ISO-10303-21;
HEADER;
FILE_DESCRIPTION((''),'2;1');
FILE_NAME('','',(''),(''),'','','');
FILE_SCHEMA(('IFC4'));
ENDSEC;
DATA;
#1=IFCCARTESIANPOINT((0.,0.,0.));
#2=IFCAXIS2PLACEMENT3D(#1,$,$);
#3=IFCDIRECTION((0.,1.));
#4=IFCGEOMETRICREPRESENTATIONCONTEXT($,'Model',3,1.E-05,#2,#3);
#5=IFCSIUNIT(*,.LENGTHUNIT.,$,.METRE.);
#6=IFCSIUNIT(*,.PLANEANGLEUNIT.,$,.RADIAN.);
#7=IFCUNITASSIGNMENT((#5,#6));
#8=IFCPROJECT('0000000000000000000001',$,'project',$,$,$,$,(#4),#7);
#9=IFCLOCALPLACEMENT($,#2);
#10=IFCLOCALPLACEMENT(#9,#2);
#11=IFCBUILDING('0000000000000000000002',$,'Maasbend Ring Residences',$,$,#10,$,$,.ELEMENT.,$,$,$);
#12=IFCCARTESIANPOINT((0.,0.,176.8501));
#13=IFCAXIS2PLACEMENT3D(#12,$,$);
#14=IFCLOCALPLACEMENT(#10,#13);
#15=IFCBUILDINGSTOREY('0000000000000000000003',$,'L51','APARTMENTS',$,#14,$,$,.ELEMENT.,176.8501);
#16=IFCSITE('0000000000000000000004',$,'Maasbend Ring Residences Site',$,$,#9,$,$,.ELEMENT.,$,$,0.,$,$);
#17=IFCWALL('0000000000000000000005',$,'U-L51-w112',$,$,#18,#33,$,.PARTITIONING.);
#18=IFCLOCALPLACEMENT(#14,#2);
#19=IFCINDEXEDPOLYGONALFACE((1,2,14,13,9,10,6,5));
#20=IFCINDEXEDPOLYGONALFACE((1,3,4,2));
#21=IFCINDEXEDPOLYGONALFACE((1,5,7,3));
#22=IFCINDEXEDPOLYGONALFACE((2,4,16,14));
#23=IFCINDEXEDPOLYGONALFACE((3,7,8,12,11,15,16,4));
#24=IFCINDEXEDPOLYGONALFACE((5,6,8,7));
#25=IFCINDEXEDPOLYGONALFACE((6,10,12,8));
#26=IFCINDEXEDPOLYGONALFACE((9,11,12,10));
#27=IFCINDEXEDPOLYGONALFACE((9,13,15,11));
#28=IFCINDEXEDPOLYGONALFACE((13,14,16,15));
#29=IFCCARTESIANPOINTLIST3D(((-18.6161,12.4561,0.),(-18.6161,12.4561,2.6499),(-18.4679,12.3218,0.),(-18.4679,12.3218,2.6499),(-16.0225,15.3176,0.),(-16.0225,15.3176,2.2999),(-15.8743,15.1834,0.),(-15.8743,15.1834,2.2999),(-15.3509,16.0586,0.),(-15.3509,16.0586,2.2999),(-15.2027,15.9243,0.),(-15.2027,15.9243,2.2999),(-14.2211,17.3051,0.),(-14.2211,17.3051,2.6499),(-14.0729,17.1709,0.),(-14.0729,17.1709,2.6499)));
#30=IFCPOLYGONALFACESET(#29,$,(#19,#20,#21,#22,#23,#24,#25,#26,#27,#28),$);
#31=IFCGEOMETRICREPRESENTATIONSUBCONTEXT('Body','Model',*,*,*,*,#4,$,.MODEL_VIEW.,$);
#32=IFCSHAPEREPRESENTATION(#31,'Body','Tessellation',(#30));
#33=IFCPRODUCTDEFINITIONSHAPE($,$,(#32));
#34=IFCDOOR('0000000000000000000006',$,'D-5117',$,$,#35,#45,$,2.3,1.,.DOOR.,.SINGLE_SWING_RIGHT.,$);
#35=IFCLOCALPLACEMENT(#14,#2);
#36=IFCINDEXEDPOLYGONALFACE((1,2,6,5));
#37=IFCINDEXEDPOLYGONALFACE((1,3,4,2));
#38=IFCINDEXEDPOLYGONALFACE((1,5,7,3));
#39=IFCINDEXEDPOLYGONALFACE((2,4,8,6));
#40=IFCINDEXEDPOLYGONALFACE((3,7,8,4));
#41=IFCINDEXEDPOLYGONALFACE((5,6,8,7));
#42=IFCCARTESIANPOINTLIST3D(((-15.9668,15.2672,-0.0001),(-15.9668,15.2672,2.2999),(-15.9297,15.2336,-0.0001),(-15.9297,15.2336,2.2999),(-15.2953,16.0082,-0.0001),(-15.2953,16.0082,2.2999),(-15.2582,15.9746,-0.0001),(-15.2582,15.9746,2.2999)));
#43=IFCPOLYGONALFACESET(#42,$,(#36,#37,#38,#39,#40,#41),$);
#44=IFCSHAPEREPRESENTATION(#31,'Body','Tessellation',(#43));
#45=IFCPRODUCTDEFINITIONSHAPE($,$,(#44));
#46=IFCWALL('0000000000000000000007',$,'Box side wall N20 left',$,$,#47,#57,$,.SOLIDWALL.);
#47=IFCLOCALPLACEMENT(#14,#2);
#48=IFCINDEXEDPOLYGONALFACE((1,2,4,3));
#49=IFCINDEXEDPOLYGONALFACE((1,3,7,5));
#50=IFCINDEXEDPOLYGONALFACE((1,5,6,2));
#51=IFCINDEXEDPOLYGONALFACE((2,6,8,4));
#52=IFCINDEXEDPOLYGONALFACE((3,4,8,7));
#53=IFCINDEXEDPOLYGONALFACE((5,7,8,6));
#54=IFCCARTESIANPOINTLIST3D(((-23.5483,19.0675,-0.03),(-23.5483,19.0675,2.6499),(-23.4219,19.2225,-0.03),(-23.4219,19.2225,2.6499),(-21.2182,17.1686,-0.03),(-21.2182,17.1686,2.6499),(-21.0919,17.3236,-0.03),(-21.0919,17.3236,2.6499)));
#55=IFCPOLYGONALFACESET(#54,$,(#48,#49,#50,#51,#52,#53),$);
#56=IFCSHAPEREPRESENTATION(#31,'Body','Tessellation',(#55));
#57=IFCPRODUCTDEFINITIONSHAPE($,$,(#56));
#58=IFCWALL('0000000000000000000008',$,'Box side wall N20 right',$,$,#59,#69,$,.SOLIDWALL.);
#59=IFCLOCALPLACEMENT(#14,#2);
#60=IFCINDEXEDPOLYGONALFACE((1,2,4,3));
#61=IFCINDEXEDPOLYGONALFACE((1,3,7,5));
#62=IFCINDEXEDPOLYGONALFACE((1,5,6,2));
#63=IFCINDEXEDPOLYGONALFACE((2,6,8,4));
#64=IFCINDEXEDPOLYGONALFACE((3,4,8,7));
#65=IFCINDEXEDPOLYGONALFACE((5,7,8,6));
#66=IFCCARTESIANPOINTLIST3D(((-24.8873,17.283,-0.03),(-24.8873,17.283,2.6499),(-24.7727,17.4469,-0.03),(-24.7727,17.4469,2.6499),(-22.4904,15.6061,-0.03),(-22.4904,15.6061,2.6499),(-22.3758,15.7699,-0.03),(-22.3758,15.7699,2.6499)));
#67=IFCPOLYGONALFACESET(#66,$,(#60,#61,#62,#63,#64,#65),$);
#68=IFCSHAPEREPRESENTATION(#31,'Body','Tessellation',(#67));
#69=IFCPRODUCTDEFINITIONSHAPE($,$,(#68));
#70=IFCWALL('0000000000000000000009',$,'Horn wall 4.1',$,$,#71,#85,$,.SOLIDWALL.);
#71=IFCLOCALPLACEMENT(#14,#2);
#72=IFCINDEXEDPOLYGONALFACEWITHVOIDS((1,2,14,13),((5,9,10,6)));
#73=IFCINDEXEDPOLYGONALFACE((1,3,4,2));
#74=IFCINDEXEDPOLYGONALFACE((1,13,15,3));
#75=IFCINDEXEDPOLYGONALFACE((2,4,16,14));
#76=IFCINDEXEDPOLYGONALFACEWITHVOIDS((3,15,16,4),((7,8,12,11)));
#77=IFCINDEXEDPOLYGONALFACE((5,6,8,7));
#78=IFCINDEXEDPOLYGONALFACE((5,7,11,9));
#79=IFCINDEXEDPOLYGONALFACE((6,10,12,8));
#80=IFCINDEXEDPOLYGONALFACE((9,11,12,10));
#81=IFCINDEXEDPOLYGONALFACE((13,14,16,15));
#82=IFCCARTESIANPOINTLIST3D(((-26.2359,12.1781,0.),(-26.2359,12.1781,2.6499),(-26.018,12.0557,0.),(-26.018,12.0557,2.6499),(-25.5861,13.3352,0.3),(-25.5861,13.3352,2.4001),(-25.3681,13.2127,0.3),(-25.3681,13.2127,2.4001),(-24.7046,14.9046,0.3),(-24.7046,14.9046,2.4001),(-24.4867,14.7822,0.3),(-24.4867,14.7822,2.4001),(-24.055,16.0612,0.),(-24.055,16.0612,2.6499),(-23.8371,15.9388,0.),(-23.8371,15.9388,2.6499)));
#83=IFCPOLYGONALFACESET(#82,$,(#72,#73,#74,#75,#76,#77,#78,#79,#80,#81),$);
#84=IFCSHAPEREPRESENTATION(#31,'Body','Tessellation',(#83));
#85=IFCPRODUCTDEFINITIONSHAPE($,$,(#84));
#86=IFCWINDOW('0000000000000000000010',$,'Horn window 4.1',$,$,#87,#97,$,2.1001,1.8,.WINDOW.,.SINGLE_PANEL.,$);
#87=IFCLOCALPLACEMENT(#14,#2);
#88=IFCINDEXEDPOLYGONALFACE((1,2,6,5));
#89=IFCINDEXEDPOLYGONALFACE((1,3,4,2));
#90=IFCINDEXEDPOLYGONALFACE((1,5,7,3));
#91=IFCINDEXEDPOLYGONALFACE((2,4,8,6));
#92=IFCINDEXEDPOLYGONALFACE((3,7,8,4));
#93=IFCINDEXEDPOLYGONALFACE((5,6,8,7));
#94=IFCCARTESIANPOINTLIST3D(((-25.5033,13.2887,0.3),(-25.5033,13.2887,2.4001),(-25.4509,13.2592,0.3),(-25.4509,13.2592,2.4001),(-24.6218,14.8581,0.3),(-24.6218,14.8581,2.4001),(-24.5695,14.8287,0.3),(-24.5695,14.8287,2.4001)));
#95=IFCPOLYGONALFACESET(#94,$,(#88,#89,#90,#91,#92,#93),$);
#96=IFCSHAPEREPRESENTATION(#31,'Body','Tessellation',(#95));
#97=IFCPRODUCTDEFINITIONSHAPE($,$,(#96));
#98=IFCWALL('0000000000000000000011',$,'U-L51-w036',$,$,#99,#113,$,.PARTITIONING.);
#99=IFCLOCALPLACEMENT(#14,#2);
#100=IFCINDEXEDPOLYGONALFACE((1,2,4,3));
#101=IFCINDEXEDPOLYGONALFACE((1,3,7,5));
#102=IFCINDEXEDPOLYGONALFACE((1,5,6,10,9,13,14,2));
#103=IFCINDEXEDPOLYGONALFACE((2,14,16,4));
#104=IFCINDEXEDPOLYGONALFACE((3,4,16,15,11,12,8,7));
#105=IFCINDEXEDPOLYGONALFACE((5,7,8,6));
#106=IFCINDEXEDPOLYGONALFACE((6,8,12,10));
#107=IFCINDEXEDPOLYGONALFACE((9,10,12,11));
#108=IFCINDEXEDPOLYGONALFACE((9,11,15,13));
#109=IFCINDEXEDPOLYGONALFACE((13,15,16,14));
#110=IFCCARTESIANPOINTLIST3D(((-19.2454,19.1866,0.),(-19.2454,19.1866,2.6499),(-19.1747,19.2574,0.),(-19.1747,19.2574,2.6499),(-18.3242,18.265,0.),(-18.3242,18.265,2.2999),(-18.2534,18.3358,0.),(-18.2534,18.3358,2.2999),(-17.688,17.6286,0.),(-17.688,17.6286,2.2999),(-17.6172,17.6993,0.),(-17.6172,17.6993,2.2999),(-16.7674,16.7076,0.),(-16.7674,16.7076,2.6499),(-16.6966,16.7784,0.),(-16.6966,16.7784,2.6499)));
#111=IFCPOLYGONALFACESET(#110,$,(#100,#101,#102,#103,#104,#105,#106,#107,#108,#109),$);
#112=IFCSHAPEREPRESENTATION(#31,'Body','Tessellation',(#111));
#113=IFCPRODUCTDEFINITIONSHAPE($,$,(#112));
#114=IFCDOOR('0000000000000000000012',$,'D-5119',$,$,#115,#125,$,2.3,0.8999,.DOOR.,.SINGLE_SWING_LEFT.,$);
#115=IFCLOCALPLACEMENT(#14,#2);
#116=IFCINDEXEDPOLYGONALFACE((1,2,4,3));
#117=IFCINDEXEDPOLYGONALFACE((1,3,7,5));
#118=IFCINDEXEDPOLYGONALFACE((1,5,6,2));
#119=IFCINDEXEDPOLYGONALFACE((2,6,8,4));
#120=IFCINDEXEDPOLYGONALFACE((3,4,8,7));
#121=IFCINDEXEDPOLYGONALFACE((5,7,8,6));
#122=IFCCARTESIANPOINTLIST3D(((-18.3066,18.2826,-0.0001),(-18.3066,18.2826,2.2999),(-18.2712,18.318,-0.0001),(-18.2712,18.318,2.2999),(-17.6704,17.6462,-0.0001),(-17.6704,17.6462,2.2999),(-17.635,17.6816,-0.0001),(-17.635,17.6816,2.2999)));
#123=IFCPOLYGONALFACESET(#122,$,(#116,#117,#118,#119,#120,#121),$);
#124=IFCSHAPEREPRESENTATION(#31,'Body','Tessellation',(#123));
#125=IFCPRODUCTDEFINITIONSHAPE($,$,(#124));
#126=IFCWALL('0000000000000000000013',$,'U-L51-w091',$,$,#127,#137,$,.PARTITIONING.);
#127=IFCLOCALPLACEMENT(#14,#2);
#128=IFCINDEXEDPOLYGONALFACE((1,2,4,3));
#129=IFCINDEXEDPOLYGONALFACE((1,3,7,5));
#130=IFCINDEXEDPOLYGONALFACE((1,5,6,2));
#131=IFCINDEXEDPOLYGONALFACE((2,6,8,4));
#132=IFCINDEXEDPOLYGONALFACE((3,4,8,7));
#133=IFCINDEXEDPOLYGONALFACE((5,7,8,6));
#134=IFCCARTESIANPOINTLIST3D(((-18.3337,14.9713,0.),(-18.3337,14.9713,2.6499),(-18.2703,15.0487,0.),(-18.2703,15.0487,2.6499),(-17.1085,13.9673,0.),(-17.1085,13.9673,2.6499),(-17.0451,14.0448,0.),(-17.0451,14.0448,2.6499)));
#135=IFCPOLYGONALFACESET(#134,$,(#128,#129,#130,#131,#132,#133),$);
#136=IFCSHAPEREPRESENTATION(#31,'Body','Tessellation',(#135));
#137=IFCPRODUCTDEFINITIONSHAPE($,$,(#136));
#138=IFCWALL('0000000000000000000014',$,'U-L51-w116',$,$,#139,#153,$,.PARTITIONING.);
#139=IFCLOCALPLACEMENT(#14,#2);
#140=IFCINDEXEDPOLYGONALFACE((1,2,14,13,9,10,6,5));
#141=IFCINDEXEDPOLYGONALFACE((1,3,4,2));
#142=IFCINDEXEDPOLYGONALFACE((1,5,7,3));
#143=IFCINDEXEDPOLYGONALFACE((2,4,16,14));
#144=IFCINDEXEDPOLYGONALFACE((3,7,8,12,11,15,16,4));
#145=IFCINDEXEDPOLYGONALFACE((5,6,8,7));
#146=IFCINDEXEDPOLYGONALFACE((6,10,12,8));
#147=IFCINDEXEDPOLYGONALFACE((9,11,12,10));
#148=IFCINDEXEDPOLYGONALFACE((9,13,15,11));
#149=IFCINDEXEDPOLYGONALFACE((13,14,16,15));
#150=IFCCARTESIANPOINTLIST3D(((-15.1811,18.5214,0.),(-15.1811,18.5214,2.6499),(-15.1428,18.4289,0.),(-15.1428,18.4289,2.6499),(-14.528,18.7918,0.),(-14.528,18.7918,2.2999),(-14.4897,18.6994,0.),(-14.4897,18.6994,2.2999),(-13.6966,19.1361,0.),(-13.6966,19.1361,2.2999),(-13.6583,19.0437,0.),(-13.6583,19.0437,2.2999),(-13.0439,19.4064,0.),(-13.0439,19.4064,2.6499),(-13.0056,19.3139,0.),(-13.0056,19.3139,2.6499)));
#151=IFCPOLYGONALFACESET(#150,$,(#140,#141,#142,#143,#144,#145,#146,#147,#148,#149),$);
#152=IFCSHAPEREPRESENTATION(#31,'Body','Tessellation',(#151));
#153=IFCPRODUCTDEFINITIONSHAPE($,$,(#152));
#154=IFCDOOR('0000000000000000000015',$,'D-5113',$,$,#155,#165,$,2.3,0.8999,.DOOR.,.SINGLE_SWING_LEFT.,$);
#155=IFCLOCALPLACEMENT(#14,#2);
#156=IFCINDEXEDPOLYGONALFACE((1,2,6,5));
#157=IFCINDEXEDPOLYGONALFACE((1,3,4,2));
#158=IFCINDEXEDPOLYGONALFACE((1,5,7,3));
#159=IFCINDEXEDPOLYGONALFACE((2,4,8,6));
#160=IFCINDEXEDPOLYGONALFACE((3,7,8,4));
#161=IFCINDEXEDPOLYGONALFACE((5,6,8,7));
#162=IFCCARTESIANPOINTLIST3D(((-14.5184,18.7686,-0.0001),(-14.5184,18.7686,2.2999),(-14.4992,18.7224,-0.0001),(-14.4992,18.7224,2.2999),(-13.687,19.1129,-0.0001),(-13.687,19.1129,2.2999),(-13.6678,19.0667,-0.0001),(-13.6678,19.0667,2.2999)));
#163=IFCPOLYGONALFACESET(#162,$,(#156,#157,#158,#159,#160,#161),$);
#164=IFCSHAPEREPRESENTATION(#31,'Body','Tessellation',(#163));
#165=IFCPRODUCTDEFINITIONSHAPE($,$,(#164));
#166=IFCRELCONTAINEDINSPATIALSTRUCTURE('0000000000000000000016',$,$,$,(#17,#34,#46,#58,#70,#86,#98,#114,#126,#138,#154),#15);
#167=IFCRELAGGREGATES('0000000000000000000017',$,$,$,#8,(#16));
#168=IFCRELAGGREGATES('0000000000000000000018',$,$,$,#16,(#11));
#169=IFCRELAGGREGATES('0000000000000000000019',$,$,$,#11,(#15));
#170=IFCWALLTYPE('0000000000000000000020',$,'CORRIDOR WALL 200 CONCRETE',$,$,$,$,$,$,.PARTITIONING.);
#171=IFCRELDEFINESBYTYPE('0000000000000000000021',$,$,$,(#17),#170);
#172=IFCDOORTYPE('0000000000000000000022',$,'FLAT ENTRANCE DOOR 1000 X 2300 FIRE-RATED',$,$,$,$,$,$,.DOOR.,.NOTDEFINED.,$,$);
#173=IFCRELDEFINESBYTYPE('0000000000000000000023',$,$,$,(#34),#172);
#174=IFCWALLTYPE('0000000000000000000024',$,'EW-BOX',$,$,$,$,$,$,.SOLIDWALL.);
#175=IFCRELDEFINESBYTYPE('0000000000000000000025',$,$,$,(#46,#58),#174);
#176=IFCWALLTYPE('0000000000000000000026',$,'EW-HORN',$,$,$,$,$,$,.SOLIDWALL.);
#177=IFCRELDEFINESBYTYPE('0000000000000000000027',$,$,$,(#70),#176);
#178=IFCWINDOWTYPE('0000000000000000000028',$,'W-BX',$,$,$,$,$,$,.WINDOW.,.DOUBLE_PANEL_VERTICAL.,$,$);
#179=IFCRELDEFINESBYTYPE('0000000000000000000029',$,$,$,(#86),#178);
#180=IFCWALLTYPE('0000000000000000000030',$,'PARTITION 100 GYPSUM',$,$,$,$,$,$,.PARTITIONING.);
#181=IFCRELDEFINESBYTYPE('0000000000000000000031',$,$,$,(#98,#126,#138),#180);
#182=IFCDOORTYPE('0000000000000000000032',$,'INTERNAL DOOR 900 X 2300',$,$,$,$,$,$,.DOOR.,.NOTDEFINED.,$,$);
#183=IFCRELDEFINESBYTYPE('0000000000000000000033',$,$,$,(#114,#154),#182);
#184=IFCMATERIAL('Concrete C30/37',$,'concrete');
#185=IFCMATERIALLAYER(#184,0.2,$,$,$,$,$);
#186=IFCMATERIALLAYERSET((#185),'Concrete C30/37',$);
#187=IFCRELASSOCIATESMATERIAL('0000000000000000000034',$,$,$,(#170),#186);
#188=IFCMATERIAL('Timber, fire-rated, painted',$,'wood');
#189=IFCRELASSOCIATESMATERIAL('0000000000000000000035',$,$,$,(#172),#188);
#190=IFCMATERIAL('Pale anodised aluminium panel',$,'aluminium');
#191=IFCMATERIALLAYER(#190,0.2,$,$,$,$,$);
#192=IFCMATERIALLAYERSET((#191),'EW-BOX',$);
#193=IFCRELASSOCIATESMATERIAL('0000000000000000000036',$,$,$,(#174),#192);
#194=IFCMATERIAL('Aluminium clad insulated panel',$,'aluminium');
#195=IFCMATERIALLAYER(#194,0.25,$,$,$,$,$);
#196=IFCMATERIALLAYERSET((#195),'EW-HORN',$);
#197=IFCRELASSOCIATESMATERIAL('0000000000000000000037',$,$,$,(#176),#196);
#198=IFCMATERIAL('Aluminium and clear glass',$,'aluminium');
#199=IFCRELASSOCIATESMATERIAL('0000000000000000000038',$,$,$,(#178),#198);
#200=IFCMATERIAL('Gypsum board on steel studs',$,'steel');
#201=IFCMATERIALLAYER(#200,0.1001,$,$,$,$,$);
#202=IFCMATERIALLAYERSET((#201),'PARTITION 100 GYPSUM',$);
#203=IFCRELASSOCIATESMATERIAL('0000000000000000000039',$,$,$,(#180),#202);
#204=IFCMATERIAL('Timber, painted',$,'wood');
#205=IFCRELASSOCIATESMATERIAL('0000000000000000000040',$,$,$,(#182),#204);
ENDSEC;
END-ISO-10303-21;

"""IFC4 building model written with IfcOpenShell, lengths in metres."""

from ifc_helpers import new_model, si_unit, direction, frame, frame_2d, origin, place, context, subcontext, project, spatial, rectangle, extrude, material, layer, layer_set, type_object, element, fill, save


model = new_model("IFC4")

# Units and contexts
model_context = context("Model", 3, precision=1e-05, world=origin(), true_north=direction((0.0, 1.0)))
body_context = subcontext(model_context, "Body", "Model", "MODEL_VIEW")
ifc_project = project(units=[si_unit("LENGTHUNIT", "METRE"), si_unit("PLANEANGLEUNIT", "RADIAN")], contexts=[model_context])

# Site, building, storey
site_placement = place(None, origin())
site = spatial("IfcSite", under=ifc_project, at=site_placement, Name="Maasbend Ring Residences Site", CompositionType="ELEMENT", RefElevation=0.0)
building_placement = place(site_placement, origin())
building = spatial("IfcBuilding", under=site, at=building_placement, Name="Maasbend Ring Residences", CompositionType="ELEMENT")
storey_placement = place(building_placement, frame((0.0, 0.0, 176.8501)))
storey = spatial("IfcBuildingStorey", under=building, at=storey_placement, Name="L51", Description="APARTMENTS", CompositionType="ELEMENT", Elevation=176.8501)

# Wall, opening, door
ifc_material_1 = material(Name="Concrete C30/37", Category="concrete")
ifc_layer_1 = layer(ifc_material_1, 0.2)
ifc_layer_set_1 = layer_set([ifc_layer_1], Name="Concrete C30/37")
wall_type_1 = type_object("IfcWallType", Name="CORRIDOR WALL 200 CONCRETE", PredefinedType="PARTITIONING", material=ifc_layer_set_1)
ifc_material_2 = material(Name="Timber, fire-rated, painted", Category="wood")
door_type_1 = type_object("IfcDoorType", Name="FLAT ENTRANCE DOOR 1000 X 2300 FIRE-RATED", OperationType="NOTDEFINED", PredefinedType="DOOR", material=ifc_material_2)
wall_1_placement = place(storey_placement, frame((-18.542, 12.3889, 0.0), z_axis=(0.0, 0.0, 1.0), x_axis=(0.671562, 0.740949, 0.0)))
wall_1 = element("IfcWall", 1, at=wall_1_placement, inside=storey, type_object=wall_type_1, Name="U-L51-w112", PredefinedType="PARTITIONING", context=body_context, shape_type="SweptSolid", body=[
    extrude(rectangle(XDim=6.5444, YDim=0.2, at=frame_2d((3.2722, 0.0))), origin(), (0.0, 0.0, 1.0), 2.6499),
])
opening_1_placement = place(wall_1_placement, frame((3.8621, 0.0, 0.0)))
opening_1 = element("IfcOpeningElement", 2, at=opening_1_placement, cuts=wall_1, PredefinedType="OPENING", context=body_context, shape_type="SweptSolid", body=[
    extrude(rectangle(XDim=1.0, YDim=2.3, at=frame_2d((0.5, 1.1499))), frame((0.0, 0.1099, 0.0), z_axis=(0.0, -1.0, 0.0), x_axis=(1.0, 0.0, 0.0)), (0.0, 0.0, 1.0), 0.22),
])
door_1_placement = place(opening_1_placement, origin())
door_1 = element("IfcDoor", 3, at=door_1_placement, inside=storey, type_object=door_type_1, Name="D-5117", OperationType="SINGLE_SWING_RIGHT", OverallHeight=2.3, OverallWidth=1.0, PredefinedType="DOOR", context=body_context, shape_type="SweptSolid", body=[
    extrude(rectangle(XDim=1.0, YDim=2.3, at=frame_2d((0.5, 1.1499))), frame((0.0, 0.0249, 0.0), z_axis=(0.0, -1.0, 0.0), x_axis=(1.0, 0.0, 0.0)), (0.0, 0.0, 1.0), 0.05),
])
fill(opening_1, door_1)

# Walls
ifc_material_3 = material(Name="Pale anodised aluminium panel", Category="aluminium")
ifc_layer_2 = layer(ifc_material_3, 0.2)
ifc_layer_set_2 = layer_set([ifc_layer_2], Name="EW-BOX")
wall_type_2 = type_object("IfcWallType", Name="EW-BOX", PredefinedType="SOLIDWALL", material=ifc_layer_set_2)
wall_2_placement = place(storey_placement, frame((-21.155, 17.2461, -0.03), z_axis=(0.0, 0.0, 1.0), x_axis=(-0.775179, 0.631742, 0.0)))
element("IfcWall", 4, at=wall_2_placement, inside=storey, type_object=wall_type_2, Name="Box side wall N20 left", PredefinedType="SOLIDWALL", context=body_context, shape_type="SweptSolid", body=[
    extrude(rectangle(XDim=3.0059, YDim=0.2, at=frame_2d((1.5029, 0.0))), origin(), (0.0, 0.0, 1.0), 2.6799),
])
wall_3_placement = place(storey_placement, frame((-22.4331, 15.688, -0.03), z_axis=(0.0, 0.0, 1.0), x_axis=(-0.819373, 0.573261, 0.0)))
element("IfcWall", 5, at=wall_3_placement, inside=storey, type_object=wall_type_2, Name="Box side wall N20 right", PredefinedType="SOLIDWALL", context=body_context, shape_type="SweptSolid", body=[
    extrude(rectangle(XDim=2.9253, YDim=0.2, at=frame_2d((1.4626, 0.0))), origin(), (0.0, 0.0, 1.0), 2.6799),
])

# Wall, opening, window
ifc_material_4 = material(Name="Aluminium clad insulated panel", Category="aluminium")
ifc_layer_3 = layer(ifc_material_4, 0.25)
ifc_layer_set_3 = layer_set([ifc_layer_3], Name="EW-HORN")
wall_type_3 = type_object("IfcWallType", Name="EW-HORN", PredefinedType="SOLIDWALL", material=ifc_layer_set_3)
wall_4_placement = place(storey_placement, frame((-23.946, 16.0, 0.0), z_axis=(0.0, 0.0, 1.0), x_axis=(-0.489696, -0.871893, 0.0)))
wall_4 = element("IfcWall", 6, at=wall_4_placement, inside=storey, type_object=wall_type_3, Name="Horn wall 4.1", PredefinedType="SOLIDWALL", context=body_context, shape_type="SweptSolid", body=[
    extrude(rectangle(XDim=4.4536, YDim=0.25, at=frame_2d((2.2268, 0.0))), origin(), (0.0, 0.0, 1.0), 2.6499),
])
opening_2_placement = place(wall_4_placement, frame((1.3267, 0.0, 0.3)))
opening_2 = element("IfcOpeningElement", 7, at=opening_2_placement, cuts=wall_4, PredefinedType="OPENING", context=body_context, shape_type="SweptSolid", body=[
    extrude(rectangle(XDim=1.8, YDim=2.1001, at=frame_2d((0.8999, 1.05))), frame((0.0, 0.135, 0.0), z_axis=(0.0, -1.0, 0.0), x_axis=(1.0, 0.0, 0.0)), (0.0, 0.0, 1.0), 0.27),
])
ifc_material_5 = material(Name="Aluminium and clear glass", Category="aluminium")
window_type = type_object("IfcWindowType", Name="W-BX", PartitioningType="DOUBLE_PANEL_VERTICAL", PredefinedType="WINDOW", material=ifc_material_5)
window_placement = place(opening_2_placement, origin())
window = element("IfcWindow", 8, at=window_placement, inside=storey, type_object=window_type, Name="Horn window 4.1", OverallHeight=2.1001, OverallWidth=1.8, PartitioningType="SINGLE_PANEL", PredefinedType="WINDOW", context=body_context, shape_type="SweptSolid", body=[
    extrude(rectangle(XDim=1.8, YDim=2.1001, at=frame_2d((0.8999, 1.05))), frame((0.0, 0.03, 0.0), z_axis=(0.0, -1.0, 0.0), x_axis=(1.0, 0.0, 0.0)), (0.0, 0.0, 1.0), 0.0601),
])
fill(opening_2, window)

# Wall, opening, door
ifc_material_6 = material(Name="Gypsum board on steel studs", Category="steel")
ifc_layer_4 = layer(ifc_material_6, 0.1001)
ifc_layer_set_4 = layer_set([ifc_layer_4], Name="PARTITION 100 GYPSUM")
wall_type_4 = type_object("IfcWallType", Name="PARTITION 100 GYPSUM", PredefinedType="PARTITIONING", material=ifc_layer_set_4)
wall_5_placement = place(storey_placement, frame((-19.21, 19.2219, 0.0), z_axis=(0.0, 0.0, 1.0), x_axis=(0.706967, -0.707246, 0.0)))
wall_5 = element("IfcWall", 9, at=wall_5_placement, inside=storey, type_object=wall_type_4, Name="U-L51-w036", PredefinedType="PARTITIONING", context=body_context, shape_type="SweptSolid", body=[
    extrude(rectangle(XDim=3.5051, YDim=0.1001, at=frame_2d((1.7524, 0.0))), origin(), (0.0, 0.0, 1.0), 2.6499),
])
opening_3_placement = place(wall_5_placement, frame((1.303, 0.0, 0.0)))
opening_3 = element("IfcOpeningElement", 10, at=opening_3_placement, cuts=wall_5, PredefinedType="OPENING", context=body_context, shape_type="SweptSolid", body=[
    extrude(rectangle(XDim=0.8999, YDim=2.3, at=frame_2d((0.45, 1.1499))), frame((0.0, 0.0601, 0.0), z_axis=(0.0, -1.0, 0.0), x_axis=(1.0, 0.0, 0.0)), (0.0, 0.0, 1.0), 0.1201),
])
ifc_material_7 = material(Name="Timber, painted", Category="wood")
door_type_2 = type_object("IfcDoorType", Name="INTERNAL DOOR 900 X 2300", OperationType="NOTDEFINED", PredefinedType="DOOR", material=ifc_material_7)
door_2_placement = place(opening_3_placement, origin())
door_2 = element("IfcDoor", 11, at=door_2_placement, inside=storey, type_object=door_type_2, Name="D-5119", OperationType="SINGLE_SWING_LEFT", OverallHeight=2.3, OverallWidth=0.8999, PredefinedType="DOOR", context=body_context, shape_type="SweptSolid", body=[
    extrude(rectangle(XDim=0.8999, YDim=2.3, at=frame_2d((0.45, 1.1499))), frame((0.0, 0.0249, 0.0), z_axis=(0.0, -1.0, 0.0), x_axis=(1.0, 0.0, 0.0)), (0.0, 0.0, 1.0), 0.05),
])
fill(opening_3, door_2)

# Wall
wall_6_placement = place(storey_placement, frame((-18.302, 15.01, 0.0), z_axis=(0.0, 0.0, 1.0), x_axis=(0.773476, -0.633825, 0.0)))
element("IfcWall", 12, at=wall_6_placement, inside=storey, type_object=wall_type_4, Name="U-L51-w091", PredefinedType="PARTITIONING", context=body_context, shape_type="SweptSolid", body=[
    extrude(rectangle(XDim=1.584, YDim=0.1001, at=frame_2d((0.792, 0.0))), origin(), (0.0, 0.0, 1.0), 2.6499),
])

# Wall, opening, door
wall_7_placement = place(storey_placement, frame((-15.1621, 18.4751, 0.0), z_axis=(0.0, 0.0, 1.0), x_axis=(0.923918, 0.382591, 0.0)))
wall_7 = element("IfcWall", 13, at=wall_7_placement, inside=storey, type_object=wall_type_4, Name="U-L51-w116", PredefinedType="PARTITIONING", context=body_context, shape_type="SweptSolid", body=[
    extrude(rectangle(XDim=2.3132, YDim=0.1001, at=frame_2d((1.1567, 0.0))), origin(), (0.0, 0.0, 1.0), 2.6499),
])
opening_4_placement = place(wall_7_placement, frame((0.707, 0.0, 0.0)))
opening_4 = element("IfcOpeningElement", 14, at=opening_4_placement, cuts=wall_7, PredefinedType="OPENING", context=body_context, shape_type="SweptSolid", body=[
    extrude(rectangle(XDim=0.8999, YDim=2.3, at=frame_2d((0.45, 1.1499))), frame((0.0, 0.0601, 0.0), z_axis=(0.0, -1.0, 0.0), x_axis=(1.0, 0.0, 0.0)), (0.0, 0.0, 1.0), 0.1201),
])
door_3_placement = place(opening_4_placement, origin())
door_3 = element("IfcDoor", 15, at=door_3_placement, inside=storey, type_object=door_type_2, Name="D-5113", OperationType="SINGLE_SWING_LEFT", OverallHeight=2.3, OverallWidth=0.8999, PredefinedType="DOOR", context=body_context, shape_type="SweptSolid", body=[
    extrude(rectangle(XDim=0.8999, YDim=2.3, at=frame_2d((0.45, 1.1499))), frame((0.0, 0.0249, 0.0), z_axis=(0.0, -1.0, 0.0), x_axis=(1.0, 0.0, 0.0)), (0.0, 0.0, 1.0), 0.05),
])
fill(opening_4, door_3)

save(model, "model.ifc")
